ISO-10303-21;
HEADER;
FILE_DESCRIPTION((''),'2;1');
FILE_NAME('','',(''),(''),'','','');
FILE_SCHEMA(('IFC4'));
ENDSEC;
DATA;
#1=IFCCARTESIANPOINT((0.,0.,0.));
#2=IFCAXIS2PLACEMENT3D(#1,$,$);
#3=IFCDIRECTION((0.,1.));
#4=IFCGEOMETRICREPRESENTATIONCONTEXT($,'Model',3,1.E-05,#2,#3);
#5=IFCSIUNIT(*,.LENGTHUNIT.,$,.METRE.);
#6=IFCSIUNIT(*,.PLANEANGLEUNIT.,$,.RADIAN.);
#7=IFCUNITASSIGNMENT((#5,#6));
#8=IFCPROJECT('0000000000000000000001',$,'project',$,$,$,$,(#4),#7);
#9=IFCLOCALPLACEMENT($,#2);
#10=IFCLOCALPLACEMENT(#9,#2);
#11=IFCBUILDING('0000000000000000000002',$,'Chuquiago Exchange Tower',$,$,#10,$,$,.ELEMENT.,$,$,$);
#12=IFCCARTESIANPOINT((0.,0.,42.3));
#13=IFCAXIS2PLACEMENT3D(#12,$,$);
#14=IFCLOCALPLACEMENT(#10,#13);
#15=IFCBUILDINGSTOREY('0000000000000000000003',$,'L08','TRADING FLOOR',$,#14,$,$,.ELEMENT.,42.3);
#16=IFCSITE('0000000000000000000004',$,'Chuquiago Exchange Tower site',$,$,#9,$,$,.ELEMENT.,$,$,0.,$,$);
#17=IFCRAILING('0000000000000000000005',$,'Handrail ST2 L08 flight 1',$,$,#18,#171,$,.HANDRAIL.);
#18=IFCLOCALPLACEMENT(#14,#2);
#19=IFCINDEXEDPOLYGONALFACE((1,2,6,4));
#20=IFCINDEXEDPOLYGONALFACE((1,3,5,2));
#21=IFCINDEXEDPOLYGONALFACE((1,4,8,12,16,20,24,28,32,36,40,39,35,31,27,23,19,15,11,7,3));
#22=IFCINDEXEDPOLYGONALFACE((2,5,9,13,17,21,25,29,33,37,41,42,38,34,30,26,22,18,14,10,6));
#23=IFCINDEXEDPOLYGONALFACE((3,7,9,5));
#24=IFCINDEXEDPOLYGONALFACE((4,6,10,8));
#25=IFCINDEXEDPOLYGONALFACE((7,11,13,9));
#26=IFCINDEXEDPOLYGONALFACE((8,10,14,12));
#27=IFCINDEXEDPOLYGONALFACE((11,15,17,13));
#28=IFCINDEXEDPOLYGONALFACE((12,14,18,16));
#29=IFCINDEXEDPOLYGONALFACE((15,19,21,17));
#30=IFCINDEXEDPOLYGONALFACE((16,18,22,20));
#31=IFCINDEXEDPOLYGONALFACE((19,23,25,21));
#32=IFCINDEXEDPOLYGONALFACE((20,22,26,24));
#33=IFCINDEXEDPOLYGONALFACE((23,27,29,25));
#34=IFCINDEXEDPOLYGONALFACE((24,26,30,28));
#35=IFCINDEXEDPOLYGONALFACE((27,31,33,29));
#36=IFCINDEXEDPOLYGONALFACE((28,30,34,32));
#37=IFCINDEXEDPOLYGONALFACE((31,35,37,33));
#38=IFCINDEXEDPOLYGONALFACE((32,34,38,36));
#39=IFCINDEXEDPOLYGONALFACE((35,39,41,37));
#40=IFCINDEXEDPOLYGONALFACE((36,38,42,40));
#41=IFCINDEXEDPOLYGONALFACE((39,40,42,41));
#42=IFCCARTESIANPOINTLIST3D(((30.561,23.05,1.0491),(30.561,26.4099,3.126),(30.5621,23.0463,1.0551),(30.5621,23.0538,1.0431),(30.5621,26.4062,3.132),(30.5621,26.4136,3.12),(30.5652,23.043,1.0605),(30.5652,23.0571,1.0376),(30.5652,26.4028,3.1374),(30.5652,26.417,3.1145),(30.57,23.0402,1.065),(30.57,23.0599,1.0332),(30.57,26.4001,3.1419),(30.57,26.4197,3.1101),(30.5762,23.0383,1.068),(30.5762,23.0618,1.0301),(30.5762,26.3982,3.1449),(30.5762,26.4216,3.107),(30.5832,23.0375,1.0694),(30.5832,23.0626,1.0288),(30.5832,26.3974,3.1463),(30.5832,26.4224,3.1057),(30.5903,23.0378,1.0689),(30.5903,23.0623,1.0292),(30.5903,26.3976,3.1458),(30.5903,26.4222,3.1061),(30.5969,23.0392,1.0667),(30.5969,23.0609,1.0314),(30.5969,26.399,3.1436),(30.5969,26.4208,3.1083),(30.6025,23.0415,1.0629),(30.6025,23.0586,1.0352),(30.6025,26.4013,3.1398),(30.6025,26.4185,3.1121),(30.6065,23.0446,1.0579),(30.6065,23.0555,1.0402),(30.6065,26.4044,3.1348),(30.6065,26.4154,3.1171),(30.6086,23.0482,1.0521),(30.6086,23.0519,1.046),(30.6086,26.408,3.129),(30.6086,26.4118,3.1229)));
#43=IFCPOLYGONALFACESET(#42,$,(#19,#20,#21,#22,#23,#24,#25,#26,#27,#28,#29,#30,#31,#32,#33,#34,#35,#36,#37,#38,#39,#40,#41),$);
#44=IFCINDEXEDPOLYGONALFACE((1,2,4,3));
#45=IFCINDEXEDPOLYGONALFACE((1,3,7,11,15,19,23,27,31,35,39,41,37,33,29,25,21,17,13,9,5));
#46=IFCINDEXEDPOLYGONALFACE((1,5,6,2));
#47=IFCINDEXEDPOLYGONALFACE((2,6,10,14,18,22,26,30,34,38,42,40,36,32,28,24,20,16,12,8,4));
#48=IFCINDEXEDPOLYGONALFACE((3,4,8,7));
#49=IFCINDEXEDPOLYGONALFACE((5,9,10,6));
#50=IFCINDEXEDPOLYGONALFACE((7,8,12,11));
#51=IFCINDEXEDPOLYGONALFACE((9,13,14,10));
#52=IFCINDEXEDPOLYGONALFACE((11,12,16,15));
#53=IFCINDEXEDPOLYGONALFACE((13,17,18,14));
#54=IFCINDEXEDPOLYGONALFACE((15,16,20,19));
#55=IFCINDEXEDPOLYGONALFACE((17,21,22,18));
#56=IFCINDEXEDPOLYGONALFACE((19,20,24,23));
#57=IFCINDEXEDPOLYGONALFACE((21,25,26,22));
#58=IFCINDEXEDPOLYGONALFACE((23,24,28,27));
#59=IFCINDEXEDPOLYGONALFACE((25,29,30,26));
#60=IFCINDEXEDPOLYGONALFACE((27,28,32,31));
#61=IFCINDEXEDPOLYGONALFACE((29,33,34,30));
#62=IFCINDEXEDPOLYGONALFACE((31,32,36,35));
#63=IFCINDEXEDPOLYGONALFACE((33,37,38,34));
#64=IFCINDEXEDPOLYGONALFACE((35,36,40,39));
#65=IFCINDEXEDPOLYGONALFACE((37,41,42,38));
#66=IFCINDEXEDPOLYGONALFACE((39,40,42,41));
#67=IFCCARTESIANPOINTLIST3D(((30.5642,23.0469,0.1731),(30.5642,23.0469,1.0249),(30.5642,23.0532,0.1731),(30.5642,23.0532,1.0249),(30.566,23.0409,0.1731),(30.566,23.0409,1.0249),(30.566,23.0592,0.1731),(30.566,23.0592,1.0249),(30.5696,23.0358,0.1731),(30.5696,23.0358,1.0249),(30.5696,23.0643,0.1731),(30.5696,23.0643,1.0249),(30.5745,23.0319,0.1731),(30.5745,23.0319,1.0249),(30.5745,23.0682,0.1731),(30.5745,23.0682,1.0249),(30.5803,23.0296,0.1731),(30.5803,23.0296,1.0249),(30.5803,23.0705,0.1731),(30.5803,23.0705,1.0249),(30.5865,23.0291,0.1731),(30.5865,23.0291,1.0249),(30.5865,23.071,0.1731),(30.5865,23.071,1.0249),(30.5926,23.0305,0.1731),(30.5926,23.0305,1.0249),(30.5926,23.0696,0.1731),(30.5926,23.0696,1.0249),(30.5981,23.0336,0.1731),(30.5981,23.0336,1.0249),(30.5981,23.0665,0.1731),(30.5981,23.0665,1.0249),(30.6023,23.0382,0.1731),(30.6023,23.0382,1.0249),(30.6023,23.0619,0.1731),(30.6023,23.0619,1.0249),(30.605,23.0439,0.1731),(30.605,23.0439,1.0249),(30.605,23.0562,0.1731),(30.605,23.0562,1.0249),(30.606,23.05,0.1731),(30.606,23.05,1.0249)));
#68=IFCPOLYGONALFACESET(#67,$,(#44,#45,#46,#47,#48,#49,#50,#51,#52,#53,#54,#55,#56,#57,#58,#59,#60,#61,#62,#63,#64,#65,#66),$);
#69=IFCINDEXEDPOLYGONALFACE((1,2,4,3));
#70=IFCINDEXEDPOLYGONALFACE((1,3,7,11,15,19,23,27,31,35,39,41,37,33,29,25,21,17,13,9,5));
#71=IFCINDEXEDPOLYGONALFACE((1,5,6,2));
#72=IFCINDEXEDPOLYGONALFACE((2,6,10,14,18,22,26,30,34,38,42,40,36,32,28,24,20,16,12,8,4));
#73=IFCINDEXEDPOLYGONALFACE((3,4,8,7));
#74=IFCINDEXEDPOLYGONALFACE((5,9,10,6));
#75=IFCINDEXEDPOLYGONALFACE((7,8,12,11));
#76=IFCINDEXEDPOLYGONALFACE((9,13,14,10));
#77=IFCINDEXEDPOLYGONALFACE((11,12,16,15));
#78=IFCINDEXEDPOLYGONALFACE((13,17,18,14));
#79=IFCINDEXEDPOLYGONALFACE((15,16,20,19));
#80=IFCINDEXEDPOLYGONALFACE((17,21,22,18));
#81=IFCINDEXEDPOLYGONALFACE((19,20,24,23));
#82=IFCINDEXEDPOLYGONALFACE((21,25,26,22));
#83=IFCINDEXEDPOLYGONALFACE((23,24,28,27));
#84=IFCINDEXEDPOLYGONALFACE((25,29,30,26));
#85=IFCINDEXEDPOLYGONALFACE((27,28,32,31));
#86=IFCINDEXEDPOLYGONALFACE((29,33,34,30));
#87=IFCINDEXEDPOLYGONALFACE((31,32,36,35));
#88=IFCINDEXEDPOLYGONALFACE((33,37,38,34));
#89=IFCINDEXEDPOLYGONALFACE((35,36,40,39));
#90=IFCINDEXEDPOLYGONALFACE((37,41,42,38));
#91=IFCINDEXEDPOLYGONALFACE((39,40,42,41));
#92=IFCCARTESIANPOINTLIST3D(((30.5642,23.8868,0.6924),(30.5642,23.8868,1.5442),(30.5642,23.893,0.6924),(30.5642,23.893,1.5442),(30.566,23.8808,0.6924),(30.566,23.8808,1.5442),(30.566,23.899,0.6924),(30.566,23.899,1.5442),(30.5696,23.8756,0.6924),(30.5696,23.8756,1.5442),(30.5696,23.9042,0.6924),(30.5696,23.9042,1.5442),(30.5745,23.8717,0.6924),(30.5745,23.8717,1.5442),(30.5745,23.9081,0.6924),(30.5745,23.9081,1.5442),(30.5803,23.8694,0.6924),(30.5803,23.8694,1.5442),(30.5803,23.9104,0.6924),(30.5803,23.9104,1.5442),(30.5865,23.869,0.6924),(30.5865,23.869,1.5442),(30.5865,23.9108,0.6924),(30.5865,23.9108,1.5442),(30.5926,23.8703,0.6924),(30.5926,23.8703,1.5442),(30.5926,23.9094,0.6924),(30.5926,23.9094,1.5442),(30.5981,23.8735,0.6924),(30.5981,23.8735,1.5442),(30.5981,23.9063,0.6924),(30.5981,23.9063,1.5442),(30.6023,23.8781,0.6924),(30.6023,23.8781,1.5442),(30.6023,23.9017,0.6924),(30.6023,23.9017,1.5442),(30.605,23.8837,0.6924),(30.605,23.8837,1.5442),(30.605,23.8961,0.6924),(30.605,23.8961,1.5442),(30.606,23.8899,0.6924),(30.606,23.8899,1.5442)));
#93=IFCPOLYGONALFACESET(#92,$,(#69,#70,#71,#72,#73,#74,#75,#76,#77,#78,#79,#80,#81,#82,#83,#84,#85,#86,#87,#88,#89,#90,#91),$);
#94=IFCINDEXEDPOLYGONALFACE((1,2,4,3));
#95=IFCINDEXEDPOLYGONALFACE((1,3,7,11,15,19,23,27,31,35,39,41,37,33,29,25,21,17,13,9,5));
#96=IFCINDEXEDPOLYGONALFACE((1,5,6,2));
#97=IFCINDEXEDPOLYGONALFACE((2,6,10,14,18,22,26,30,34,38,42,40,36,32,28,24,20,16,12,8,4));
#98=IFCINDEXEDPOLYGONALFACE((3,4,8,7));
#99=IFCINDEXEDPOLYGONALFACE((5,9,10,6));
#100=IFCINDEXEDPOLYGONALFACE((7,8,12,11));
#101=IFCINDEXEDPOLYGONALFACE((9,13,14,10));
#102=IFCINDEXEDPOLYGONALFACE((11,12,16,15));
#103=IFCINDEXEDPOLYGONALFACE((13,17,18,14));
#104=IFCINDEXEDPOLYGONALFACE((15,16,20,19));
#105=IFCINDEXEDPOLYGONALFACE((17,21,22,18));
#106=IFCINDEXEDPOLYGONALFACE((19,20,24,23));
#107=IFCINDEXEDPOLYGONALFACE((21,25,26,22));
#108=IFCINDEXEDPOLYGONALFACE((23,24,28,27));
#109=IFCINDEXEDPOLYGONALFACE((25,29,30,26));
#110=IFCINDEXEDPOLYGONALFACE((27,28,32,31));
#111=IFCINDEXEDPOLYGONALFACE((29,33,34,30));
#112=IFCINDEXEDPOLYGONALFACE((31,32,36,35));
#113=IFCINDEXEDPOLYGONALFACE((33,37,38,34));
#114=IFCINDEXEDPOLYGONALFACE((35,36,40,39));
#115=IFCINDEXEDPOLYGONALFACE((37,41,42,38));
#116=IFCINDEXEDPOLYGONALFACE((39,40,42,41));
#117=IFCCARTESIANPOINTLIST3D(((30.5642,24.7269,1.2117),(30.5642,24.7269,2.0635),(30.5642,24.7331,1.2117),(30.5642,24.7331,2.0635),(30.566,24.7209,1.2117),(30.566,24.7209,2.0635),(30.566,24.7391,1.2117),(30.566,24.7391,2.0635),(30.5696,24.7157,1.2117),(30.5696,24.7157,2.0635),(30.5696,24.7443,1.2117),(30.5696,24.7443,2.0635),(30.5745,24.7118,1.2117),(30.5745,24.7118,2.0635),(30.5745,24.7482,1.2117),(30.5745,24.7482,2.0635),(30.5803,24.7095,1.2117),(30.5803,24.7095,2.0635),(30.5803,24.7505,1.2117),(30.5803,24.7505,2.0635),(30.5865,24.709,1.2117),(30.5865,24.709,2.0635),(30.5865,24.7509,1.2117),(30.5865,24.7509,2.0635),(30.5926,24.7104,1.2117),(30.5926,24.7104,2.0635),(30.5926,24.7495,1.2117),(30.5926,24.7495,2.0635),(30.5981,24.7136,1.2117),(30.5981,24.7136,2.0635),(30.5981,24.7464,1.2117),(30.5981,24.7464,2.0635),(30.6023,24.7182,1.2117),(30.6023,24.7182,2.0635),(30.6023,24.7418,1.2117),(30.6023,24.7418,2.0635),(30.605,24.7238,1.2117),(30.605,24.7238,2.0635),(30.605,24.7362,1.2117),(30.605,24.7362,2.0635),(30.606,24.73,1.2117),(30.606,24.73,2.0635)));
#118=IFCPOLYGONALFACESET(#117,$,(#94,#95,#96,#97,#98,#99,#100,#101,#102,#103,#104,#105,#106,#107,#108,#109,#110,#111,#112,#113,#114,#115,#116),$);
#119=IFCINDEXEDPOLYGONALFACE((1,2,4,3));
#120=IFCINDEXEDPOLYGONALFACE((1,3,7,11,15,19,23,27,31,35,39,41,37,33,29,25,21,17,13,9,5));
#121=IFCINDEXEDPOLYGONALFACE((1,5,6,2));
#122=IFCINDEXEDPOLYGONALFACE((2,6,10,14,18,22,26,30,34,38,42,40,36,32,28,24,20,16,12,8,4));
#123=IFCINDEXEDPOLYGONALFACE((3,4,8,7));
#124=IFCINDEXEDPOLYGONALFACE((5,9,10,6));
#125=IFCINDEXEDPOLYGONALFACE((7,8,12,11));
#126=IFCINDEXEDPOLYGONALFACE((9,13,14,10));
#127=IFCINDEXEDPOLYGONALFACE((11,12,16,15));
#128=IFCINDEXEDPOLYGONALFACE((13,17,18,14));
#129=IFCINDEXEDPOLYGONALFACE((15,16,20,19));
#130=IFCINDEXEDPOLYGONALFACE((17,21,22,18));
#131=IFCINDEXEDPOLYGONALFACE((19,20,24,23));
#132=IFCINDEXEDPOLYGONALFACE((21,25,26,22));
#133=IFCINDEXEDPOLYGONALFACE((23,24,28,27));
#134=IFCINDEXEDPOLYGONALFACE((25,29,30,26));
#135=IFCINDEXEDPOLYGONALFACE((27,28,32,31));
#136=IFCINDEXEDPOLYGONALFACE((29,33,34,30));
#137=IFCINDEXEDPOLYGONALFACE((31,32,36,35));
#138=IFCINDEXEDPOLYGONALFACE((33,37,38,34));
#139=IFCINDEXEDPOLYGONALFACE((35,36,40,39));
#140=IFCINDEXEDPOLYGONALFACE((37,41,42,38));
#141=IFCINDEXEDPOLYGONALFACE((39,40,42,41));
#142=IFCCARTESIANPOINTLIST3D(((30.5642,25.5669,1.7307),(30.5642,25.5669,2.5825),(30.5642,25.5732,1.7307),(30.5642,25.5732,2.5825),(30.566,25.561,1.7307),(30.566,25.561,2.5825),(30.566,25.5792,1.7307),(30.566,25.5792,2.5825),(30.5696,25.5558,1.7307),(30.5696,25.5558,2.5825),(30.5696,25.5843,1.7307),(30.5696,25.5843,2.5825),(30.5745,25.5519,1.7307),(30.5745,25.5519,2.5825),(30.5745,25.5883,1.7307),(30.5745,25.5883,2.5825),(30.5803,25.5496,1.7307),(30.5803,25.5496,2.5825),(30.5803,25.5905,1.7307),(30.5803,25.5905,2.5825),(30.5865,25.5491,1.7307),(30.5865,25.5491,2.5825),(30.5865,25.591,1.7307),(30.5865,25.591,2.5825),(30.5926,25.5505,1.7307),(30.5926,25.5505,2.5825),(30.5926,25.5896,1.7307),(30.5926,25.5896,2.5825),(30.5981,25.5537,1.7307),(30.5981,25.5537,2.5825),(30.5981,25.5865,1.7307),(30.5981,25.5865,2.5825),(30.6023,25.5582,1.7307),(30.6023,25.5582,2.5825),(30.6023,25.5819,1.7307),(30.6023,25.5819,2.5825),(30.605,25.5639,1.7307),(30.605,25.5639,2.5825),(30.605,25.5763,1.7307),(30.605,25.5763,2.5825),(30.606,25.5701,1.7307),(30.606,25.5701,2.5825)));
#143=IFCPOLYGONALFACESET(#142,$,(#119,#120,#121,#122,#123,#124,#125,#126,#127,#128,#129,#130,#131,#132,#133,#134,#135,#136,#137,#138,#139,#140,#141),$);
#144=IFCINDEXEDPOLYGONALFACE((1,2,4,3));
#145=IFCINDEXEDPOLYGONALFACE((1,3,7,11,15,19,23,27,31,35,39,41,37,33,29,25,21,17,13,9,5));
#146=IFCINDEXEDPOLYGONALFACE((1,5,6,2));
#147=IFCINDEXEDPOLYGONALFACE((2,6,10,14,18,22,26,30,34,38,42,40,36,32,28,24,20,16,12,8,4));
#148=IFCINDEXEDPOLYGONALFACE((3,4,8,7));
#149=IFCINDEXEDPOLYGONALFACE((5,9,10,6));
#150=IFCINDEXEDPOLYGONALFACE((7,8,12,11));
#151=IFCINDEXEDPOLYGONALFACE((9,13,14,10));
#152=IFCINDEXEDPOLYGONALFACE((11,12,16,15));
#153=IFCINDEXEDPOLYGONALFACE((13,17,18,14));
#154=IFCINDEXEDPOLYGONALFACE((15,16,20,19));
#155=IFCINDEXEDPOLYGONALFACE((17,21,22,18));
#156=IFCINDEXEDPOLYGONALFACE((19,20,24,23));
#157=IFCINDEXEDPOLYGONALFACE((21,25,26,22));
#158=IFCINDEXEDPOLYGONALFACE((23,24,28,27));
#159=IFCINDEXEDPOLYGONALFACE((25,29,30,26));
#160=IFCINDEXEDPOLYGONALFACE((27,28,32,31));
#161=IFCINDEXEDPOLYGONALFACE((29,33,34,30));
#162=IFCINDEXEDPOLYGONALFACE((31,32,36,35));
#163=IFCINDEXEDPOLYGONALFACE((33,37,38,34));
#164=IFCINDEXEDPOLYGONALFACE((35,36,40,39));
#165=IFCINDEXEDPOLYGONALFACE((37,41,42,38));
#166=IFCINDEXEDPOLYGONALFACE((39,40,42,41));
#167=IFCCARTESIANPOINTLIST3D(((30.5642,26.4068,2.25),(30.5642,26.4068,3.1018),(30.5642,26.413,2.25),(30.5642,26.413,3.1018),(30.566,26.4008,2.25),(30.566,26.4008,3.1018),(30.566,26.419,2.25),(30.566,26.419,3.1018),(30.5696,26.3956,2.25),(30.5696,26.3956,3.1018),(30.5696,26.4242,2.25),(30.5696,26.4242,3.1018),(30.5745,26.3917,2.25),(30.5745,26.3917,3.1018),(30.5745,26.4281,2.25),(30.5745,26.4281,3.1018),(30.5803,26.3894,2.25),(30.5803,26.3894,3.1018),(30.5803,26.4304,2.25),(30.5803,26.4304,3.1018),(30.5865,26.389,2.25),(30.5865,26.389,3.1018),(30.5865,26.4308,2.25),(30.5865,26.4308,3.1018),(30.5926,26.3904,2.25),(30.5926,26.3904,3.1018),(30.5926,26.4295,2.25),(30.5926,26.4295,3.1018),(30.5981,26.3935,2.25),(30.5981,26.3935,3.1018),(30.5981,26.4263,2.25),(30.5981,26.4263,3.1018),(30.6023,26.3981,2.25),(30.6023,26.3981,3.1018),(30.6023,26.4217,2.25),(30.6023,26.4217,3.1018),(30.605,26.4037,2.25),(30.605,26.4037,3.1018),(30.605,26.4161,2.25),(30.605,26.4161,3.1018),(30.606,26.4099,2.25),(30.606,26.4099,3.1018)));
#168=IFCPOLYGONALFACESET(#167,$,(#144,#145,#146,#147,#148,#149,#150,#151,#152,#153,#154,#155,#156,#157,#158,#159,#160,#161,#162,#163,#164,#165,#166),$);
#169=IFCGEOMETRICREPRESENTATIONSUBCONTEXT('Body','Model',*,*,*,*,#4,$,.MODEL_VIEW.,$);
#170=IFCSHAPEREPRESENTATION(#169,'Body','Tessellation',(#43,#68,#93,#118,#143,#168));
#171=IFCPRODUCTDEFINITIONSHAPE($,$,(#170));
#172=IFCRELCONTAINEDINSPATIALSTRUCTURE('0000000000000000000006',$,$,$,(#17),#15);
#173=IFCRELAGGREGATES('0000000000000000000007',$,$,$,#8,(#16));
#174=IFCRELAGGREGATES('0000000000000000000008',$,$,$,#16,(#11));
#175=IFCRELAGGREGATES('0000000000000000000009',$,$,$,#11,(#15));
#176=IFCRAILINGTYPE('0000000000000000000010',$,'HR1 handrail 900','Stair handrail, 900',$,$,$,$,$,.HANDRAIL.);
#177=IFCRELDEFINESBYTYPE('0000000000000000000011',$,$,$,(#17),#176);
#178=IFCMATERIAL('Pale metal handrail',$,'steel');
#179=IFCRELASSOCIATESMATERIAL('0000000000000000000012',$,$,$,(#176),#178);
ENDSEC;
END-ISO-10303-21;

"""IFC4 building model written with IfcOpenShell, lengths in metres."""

from ifc_helpers import new_model, si_unit, direction, frame, origin, origin_2d, place, context, subcontext, project, spatial, circle, extrude, material, type_object, element, save


model = new_model("IFC4")

# Units and contexts
model_context = context("Model", 3, precision=1e-05, world=origin(), true_north=direction((0.0, 1.0)))
body_context = subcontext(model_context, "Body", "Model", "MODEL_VIEW")
ifc_project = project(units=[si_unit("LENGTHUNIT", "METRE"), si_unit("PLANEANGLEUNIT", "RADIAN")], contexts=[model_context])

# Site, building, storey
site_placement = place(None, origin())
site = spatial("IfcSite", under=ifc_project, at=site_placement, Name="Chuquiago Exchange Tower site", CompositionType="ELEMENT", RefElevation=0.0)
building_placement = place(site_placement, origin())
building = spatial("IfcBuilding", under=site, at=building_placement, Name="Chuquiago Exchange Tower", CompositionType="ELEMENT")
storey_placement = place(building_placement, frame((0.0, 0.0, 42.3)))
storey = spatial("IfcBuildingStorey", under=building, at=storey_placement, Name="L08", Description="TRADING FLOOR", CompositionType="ELEMENT", Elevation=42.3)

# Railing
ifc_material_1 = material(Name="Pale metal handrail", Category="steel")
railing_type_1 = type_object("IfcRailingType", Name="HR1 handrail 900", Description="Stair handrail, 900", PredefinedType="HANDRAIL", material=ifc_material_1)
for number, where, name in (
    (1, (30.585, 23.05, 0.1731), "Handrail ST2 L08 flight 1"),
):
    element("IfcRailing", number, at=place(storey_placement, frame(where)), inside=storey, type_object=railing_type_1, Name=name, PredefinedType="HANDRAIL", context=body_context, shape_type="SweptSolid", body=[
        extrude(circle(Radius=0.0239, at=origin_2d()), frame((0.0, 0.0, 0.876), z_axis=(0.0, 0.850606, 0.525803), x_axis=(-1.0, 0.0, 0.0)), (0.0, 0.0, 1.0), 3.95),
        extrude(circle(Radius=0.021, at=origin_2d()), origin(), (0.0, 0.0, 1.0), 0.8518),
        extrude(circle(Radius=0.021, at=origin_2d()), frame((0.0, 0.8398, 0.5193)), (0.0, 0.0, 1.0), 0.8518),
        extrude(circle(Radius=0.021, at=origin_2d()), frame((0.0, 1.6799, 1.0386)), (0.0, 0.0, 1.0), 0.8518),
        extrude(circle(Radius=0.021, at=origin_2d()), frame((0.0, 2.52, 1.5576)), (0.0, 0.0, 1.0), 0.8518),
        extrude(circle(Radius=0.021, at=origin_2d()), frame((0.0, 3.3599, 2.0769)), (0.0, 0.0, 1.0), 0.8518),
    ])

save(model, "model.ifc")
